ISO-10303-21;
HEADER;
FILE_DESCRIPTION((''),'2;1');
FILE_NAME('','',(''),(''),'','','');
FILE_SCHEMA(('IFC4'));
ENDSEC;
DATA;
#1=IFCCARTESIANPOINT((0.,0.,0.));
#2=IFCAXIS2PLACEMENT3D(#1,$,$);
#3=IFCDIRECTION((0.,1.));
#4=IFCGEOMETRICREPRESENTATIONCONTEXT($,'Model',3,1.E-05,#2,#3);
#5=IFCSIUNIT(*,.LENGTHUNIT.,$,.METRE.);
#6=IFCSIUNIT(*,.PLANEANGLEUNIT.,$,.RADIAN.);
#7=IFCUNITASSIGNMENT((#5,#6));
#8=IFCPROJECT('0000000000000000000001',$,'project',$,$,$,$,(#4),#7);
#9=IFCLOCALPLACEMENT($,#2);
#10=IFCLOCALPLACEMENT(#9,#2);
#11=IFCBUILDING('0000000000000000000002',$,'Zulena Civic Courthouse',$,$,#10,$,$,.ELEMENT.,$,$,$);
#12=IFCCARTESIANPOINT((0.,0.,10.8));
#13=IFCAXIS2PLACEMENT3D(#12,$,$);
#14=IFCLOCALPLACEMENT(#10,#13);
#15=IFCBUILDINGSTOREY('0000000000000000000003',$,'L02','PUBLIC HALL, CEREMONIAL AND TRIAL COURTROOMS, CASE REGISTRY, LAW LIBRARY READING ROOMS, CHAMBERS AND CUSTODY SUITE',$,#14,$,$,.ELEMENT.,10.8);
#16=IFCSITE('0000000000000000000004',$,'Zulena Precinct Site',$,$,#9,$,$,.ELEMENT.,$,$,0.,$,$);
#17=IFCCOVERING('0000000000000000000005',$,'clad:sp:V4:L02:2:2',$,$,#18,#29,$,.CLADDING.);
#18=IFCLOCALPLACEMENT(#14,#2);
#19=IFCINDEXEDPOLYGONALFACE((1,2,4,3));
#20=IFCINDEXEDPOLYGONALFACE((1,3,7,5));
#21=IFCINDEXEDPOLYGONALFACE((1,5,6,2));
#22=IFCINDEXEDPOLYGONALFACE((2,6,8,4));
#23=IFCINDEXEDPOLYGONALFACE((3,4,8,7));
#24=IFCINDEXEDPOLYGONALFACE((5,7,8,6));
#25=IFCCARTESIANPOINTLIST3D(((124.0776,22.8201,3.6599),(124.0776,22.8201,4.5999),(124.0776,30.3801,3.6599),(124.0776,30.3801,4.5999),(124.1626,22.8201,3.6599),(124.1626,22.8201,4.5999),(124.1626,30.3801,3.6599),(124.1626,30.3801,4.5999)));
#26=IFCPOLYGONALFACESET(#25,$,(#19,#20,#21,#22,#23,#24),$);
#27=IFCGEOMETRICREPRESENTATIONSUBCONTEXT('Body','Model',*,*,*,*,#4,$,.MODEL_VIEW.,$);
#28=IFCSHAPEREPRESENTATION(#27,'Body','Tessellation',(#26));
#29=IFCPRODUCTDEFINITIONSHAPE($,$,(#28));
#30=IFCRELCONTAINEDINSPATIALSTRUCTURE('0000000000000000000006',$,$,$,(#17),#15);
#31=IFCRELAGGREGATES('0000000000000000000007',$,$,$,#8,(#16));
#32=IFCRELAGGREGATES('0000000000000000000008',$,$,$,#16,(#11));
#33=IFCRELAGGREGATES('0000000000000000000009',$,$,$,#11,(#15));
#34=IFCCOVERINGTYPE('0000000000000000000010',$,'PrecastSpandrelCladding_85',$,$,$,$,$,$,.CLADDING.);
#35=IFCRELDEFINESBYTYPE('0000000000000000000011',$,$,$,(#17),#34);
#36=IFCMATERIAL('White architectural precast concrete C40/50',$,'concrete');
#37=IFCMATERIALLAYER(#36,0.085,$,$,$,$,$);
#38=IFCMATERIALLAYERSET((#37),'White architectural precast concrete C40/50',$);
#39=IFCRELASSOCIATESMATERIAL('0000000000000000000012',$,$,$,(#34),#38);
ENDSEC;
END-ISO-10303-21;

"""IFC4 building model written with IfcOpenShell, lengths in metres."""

from ifc_helpers import new_model, si_unit, direction, frame, origin, origin_2d, place, context, subcontext, project, spatial, rectangle, extrude, material, layer, layer_set, type_object, element, save


model = new_model("IFC4")

# Units and contexts
model_context = context("Model", 3, precision=1e-05, world=origin(), true_north=direction((0.0, 1.0)))
body_context = subcontext(model_context, "Body", "Model", "MODEL_VIEW")
ifc_project = project(units=[si_unit("LENGTHUNIT", "METRE"), si_unit("PLANEANGLEUNIT", "RADIAN")], contexts=[model_context])

# Site, building, storey
site_placement = place(None, origin())
site = spatial("IfcSite", under=ifc_project, at=site_placement, Name="Zulena Precinct Site", CompositionType="ELEMENT", RefElevation=0.0)
building_placement = place(site_placement, origin())
building = spatial("IfcBuilding", under=site, at=building_placement, Name="Zulena Civic Courthouse", CompositionType="ELEMENT")
storey_placement = place(building_placement, frame((0.0, 0.0, 10.8)))
storey = spatial("IfcBuildingStorey", under=building, at=storey_placement, Name="L02", Description="PUBLIC HALL, CEREMONIAL AND TRIAL COURTROOMS, CASE REGISTRY, LAW LIBRARY READING ROOMS, CHAMBERS AND CUSTODY SUITE", CompositionType="ELEMENT", Elevation=10.8)

# Covering
ifc_material_1 = material(Name="White architectural precast concrete C40/50", Category="concrete")
ifc_layer_1 = layer(ifc_material_1, 0.085)
ifc_layer_set_1 = layer_set([ifc_layer_1], Name="White architectural precast concrete C40/50")
covering_type = type_object("IfcCoveringType", Name="PrecastSpandrelCladding_85", PredefinedType="CLADDING", material=ifc_layer_set_1)
covering_placement = place(storey_placement, frame((124.1201, 26.6001, 3.6599), z_axis=(0.0, 0.0, 1.0), x_axis=(0.0, -1.0, 0.0)))
element("IfcCovering", 1, at=covering_placement, inside=storey, type_object=covering_type, Name="clad:sp:V4:L02:2:2", PredefinedType="CLADDING", context=body_context, shape_type="SweptSolid", body=[
    extrude(rectangle(XDim=7.5601, YDim=0.085, at=origin_2d()), origin(), (0.0, 0.0, 1.0), 0.9399),
])

save(model, "model.ifc")
